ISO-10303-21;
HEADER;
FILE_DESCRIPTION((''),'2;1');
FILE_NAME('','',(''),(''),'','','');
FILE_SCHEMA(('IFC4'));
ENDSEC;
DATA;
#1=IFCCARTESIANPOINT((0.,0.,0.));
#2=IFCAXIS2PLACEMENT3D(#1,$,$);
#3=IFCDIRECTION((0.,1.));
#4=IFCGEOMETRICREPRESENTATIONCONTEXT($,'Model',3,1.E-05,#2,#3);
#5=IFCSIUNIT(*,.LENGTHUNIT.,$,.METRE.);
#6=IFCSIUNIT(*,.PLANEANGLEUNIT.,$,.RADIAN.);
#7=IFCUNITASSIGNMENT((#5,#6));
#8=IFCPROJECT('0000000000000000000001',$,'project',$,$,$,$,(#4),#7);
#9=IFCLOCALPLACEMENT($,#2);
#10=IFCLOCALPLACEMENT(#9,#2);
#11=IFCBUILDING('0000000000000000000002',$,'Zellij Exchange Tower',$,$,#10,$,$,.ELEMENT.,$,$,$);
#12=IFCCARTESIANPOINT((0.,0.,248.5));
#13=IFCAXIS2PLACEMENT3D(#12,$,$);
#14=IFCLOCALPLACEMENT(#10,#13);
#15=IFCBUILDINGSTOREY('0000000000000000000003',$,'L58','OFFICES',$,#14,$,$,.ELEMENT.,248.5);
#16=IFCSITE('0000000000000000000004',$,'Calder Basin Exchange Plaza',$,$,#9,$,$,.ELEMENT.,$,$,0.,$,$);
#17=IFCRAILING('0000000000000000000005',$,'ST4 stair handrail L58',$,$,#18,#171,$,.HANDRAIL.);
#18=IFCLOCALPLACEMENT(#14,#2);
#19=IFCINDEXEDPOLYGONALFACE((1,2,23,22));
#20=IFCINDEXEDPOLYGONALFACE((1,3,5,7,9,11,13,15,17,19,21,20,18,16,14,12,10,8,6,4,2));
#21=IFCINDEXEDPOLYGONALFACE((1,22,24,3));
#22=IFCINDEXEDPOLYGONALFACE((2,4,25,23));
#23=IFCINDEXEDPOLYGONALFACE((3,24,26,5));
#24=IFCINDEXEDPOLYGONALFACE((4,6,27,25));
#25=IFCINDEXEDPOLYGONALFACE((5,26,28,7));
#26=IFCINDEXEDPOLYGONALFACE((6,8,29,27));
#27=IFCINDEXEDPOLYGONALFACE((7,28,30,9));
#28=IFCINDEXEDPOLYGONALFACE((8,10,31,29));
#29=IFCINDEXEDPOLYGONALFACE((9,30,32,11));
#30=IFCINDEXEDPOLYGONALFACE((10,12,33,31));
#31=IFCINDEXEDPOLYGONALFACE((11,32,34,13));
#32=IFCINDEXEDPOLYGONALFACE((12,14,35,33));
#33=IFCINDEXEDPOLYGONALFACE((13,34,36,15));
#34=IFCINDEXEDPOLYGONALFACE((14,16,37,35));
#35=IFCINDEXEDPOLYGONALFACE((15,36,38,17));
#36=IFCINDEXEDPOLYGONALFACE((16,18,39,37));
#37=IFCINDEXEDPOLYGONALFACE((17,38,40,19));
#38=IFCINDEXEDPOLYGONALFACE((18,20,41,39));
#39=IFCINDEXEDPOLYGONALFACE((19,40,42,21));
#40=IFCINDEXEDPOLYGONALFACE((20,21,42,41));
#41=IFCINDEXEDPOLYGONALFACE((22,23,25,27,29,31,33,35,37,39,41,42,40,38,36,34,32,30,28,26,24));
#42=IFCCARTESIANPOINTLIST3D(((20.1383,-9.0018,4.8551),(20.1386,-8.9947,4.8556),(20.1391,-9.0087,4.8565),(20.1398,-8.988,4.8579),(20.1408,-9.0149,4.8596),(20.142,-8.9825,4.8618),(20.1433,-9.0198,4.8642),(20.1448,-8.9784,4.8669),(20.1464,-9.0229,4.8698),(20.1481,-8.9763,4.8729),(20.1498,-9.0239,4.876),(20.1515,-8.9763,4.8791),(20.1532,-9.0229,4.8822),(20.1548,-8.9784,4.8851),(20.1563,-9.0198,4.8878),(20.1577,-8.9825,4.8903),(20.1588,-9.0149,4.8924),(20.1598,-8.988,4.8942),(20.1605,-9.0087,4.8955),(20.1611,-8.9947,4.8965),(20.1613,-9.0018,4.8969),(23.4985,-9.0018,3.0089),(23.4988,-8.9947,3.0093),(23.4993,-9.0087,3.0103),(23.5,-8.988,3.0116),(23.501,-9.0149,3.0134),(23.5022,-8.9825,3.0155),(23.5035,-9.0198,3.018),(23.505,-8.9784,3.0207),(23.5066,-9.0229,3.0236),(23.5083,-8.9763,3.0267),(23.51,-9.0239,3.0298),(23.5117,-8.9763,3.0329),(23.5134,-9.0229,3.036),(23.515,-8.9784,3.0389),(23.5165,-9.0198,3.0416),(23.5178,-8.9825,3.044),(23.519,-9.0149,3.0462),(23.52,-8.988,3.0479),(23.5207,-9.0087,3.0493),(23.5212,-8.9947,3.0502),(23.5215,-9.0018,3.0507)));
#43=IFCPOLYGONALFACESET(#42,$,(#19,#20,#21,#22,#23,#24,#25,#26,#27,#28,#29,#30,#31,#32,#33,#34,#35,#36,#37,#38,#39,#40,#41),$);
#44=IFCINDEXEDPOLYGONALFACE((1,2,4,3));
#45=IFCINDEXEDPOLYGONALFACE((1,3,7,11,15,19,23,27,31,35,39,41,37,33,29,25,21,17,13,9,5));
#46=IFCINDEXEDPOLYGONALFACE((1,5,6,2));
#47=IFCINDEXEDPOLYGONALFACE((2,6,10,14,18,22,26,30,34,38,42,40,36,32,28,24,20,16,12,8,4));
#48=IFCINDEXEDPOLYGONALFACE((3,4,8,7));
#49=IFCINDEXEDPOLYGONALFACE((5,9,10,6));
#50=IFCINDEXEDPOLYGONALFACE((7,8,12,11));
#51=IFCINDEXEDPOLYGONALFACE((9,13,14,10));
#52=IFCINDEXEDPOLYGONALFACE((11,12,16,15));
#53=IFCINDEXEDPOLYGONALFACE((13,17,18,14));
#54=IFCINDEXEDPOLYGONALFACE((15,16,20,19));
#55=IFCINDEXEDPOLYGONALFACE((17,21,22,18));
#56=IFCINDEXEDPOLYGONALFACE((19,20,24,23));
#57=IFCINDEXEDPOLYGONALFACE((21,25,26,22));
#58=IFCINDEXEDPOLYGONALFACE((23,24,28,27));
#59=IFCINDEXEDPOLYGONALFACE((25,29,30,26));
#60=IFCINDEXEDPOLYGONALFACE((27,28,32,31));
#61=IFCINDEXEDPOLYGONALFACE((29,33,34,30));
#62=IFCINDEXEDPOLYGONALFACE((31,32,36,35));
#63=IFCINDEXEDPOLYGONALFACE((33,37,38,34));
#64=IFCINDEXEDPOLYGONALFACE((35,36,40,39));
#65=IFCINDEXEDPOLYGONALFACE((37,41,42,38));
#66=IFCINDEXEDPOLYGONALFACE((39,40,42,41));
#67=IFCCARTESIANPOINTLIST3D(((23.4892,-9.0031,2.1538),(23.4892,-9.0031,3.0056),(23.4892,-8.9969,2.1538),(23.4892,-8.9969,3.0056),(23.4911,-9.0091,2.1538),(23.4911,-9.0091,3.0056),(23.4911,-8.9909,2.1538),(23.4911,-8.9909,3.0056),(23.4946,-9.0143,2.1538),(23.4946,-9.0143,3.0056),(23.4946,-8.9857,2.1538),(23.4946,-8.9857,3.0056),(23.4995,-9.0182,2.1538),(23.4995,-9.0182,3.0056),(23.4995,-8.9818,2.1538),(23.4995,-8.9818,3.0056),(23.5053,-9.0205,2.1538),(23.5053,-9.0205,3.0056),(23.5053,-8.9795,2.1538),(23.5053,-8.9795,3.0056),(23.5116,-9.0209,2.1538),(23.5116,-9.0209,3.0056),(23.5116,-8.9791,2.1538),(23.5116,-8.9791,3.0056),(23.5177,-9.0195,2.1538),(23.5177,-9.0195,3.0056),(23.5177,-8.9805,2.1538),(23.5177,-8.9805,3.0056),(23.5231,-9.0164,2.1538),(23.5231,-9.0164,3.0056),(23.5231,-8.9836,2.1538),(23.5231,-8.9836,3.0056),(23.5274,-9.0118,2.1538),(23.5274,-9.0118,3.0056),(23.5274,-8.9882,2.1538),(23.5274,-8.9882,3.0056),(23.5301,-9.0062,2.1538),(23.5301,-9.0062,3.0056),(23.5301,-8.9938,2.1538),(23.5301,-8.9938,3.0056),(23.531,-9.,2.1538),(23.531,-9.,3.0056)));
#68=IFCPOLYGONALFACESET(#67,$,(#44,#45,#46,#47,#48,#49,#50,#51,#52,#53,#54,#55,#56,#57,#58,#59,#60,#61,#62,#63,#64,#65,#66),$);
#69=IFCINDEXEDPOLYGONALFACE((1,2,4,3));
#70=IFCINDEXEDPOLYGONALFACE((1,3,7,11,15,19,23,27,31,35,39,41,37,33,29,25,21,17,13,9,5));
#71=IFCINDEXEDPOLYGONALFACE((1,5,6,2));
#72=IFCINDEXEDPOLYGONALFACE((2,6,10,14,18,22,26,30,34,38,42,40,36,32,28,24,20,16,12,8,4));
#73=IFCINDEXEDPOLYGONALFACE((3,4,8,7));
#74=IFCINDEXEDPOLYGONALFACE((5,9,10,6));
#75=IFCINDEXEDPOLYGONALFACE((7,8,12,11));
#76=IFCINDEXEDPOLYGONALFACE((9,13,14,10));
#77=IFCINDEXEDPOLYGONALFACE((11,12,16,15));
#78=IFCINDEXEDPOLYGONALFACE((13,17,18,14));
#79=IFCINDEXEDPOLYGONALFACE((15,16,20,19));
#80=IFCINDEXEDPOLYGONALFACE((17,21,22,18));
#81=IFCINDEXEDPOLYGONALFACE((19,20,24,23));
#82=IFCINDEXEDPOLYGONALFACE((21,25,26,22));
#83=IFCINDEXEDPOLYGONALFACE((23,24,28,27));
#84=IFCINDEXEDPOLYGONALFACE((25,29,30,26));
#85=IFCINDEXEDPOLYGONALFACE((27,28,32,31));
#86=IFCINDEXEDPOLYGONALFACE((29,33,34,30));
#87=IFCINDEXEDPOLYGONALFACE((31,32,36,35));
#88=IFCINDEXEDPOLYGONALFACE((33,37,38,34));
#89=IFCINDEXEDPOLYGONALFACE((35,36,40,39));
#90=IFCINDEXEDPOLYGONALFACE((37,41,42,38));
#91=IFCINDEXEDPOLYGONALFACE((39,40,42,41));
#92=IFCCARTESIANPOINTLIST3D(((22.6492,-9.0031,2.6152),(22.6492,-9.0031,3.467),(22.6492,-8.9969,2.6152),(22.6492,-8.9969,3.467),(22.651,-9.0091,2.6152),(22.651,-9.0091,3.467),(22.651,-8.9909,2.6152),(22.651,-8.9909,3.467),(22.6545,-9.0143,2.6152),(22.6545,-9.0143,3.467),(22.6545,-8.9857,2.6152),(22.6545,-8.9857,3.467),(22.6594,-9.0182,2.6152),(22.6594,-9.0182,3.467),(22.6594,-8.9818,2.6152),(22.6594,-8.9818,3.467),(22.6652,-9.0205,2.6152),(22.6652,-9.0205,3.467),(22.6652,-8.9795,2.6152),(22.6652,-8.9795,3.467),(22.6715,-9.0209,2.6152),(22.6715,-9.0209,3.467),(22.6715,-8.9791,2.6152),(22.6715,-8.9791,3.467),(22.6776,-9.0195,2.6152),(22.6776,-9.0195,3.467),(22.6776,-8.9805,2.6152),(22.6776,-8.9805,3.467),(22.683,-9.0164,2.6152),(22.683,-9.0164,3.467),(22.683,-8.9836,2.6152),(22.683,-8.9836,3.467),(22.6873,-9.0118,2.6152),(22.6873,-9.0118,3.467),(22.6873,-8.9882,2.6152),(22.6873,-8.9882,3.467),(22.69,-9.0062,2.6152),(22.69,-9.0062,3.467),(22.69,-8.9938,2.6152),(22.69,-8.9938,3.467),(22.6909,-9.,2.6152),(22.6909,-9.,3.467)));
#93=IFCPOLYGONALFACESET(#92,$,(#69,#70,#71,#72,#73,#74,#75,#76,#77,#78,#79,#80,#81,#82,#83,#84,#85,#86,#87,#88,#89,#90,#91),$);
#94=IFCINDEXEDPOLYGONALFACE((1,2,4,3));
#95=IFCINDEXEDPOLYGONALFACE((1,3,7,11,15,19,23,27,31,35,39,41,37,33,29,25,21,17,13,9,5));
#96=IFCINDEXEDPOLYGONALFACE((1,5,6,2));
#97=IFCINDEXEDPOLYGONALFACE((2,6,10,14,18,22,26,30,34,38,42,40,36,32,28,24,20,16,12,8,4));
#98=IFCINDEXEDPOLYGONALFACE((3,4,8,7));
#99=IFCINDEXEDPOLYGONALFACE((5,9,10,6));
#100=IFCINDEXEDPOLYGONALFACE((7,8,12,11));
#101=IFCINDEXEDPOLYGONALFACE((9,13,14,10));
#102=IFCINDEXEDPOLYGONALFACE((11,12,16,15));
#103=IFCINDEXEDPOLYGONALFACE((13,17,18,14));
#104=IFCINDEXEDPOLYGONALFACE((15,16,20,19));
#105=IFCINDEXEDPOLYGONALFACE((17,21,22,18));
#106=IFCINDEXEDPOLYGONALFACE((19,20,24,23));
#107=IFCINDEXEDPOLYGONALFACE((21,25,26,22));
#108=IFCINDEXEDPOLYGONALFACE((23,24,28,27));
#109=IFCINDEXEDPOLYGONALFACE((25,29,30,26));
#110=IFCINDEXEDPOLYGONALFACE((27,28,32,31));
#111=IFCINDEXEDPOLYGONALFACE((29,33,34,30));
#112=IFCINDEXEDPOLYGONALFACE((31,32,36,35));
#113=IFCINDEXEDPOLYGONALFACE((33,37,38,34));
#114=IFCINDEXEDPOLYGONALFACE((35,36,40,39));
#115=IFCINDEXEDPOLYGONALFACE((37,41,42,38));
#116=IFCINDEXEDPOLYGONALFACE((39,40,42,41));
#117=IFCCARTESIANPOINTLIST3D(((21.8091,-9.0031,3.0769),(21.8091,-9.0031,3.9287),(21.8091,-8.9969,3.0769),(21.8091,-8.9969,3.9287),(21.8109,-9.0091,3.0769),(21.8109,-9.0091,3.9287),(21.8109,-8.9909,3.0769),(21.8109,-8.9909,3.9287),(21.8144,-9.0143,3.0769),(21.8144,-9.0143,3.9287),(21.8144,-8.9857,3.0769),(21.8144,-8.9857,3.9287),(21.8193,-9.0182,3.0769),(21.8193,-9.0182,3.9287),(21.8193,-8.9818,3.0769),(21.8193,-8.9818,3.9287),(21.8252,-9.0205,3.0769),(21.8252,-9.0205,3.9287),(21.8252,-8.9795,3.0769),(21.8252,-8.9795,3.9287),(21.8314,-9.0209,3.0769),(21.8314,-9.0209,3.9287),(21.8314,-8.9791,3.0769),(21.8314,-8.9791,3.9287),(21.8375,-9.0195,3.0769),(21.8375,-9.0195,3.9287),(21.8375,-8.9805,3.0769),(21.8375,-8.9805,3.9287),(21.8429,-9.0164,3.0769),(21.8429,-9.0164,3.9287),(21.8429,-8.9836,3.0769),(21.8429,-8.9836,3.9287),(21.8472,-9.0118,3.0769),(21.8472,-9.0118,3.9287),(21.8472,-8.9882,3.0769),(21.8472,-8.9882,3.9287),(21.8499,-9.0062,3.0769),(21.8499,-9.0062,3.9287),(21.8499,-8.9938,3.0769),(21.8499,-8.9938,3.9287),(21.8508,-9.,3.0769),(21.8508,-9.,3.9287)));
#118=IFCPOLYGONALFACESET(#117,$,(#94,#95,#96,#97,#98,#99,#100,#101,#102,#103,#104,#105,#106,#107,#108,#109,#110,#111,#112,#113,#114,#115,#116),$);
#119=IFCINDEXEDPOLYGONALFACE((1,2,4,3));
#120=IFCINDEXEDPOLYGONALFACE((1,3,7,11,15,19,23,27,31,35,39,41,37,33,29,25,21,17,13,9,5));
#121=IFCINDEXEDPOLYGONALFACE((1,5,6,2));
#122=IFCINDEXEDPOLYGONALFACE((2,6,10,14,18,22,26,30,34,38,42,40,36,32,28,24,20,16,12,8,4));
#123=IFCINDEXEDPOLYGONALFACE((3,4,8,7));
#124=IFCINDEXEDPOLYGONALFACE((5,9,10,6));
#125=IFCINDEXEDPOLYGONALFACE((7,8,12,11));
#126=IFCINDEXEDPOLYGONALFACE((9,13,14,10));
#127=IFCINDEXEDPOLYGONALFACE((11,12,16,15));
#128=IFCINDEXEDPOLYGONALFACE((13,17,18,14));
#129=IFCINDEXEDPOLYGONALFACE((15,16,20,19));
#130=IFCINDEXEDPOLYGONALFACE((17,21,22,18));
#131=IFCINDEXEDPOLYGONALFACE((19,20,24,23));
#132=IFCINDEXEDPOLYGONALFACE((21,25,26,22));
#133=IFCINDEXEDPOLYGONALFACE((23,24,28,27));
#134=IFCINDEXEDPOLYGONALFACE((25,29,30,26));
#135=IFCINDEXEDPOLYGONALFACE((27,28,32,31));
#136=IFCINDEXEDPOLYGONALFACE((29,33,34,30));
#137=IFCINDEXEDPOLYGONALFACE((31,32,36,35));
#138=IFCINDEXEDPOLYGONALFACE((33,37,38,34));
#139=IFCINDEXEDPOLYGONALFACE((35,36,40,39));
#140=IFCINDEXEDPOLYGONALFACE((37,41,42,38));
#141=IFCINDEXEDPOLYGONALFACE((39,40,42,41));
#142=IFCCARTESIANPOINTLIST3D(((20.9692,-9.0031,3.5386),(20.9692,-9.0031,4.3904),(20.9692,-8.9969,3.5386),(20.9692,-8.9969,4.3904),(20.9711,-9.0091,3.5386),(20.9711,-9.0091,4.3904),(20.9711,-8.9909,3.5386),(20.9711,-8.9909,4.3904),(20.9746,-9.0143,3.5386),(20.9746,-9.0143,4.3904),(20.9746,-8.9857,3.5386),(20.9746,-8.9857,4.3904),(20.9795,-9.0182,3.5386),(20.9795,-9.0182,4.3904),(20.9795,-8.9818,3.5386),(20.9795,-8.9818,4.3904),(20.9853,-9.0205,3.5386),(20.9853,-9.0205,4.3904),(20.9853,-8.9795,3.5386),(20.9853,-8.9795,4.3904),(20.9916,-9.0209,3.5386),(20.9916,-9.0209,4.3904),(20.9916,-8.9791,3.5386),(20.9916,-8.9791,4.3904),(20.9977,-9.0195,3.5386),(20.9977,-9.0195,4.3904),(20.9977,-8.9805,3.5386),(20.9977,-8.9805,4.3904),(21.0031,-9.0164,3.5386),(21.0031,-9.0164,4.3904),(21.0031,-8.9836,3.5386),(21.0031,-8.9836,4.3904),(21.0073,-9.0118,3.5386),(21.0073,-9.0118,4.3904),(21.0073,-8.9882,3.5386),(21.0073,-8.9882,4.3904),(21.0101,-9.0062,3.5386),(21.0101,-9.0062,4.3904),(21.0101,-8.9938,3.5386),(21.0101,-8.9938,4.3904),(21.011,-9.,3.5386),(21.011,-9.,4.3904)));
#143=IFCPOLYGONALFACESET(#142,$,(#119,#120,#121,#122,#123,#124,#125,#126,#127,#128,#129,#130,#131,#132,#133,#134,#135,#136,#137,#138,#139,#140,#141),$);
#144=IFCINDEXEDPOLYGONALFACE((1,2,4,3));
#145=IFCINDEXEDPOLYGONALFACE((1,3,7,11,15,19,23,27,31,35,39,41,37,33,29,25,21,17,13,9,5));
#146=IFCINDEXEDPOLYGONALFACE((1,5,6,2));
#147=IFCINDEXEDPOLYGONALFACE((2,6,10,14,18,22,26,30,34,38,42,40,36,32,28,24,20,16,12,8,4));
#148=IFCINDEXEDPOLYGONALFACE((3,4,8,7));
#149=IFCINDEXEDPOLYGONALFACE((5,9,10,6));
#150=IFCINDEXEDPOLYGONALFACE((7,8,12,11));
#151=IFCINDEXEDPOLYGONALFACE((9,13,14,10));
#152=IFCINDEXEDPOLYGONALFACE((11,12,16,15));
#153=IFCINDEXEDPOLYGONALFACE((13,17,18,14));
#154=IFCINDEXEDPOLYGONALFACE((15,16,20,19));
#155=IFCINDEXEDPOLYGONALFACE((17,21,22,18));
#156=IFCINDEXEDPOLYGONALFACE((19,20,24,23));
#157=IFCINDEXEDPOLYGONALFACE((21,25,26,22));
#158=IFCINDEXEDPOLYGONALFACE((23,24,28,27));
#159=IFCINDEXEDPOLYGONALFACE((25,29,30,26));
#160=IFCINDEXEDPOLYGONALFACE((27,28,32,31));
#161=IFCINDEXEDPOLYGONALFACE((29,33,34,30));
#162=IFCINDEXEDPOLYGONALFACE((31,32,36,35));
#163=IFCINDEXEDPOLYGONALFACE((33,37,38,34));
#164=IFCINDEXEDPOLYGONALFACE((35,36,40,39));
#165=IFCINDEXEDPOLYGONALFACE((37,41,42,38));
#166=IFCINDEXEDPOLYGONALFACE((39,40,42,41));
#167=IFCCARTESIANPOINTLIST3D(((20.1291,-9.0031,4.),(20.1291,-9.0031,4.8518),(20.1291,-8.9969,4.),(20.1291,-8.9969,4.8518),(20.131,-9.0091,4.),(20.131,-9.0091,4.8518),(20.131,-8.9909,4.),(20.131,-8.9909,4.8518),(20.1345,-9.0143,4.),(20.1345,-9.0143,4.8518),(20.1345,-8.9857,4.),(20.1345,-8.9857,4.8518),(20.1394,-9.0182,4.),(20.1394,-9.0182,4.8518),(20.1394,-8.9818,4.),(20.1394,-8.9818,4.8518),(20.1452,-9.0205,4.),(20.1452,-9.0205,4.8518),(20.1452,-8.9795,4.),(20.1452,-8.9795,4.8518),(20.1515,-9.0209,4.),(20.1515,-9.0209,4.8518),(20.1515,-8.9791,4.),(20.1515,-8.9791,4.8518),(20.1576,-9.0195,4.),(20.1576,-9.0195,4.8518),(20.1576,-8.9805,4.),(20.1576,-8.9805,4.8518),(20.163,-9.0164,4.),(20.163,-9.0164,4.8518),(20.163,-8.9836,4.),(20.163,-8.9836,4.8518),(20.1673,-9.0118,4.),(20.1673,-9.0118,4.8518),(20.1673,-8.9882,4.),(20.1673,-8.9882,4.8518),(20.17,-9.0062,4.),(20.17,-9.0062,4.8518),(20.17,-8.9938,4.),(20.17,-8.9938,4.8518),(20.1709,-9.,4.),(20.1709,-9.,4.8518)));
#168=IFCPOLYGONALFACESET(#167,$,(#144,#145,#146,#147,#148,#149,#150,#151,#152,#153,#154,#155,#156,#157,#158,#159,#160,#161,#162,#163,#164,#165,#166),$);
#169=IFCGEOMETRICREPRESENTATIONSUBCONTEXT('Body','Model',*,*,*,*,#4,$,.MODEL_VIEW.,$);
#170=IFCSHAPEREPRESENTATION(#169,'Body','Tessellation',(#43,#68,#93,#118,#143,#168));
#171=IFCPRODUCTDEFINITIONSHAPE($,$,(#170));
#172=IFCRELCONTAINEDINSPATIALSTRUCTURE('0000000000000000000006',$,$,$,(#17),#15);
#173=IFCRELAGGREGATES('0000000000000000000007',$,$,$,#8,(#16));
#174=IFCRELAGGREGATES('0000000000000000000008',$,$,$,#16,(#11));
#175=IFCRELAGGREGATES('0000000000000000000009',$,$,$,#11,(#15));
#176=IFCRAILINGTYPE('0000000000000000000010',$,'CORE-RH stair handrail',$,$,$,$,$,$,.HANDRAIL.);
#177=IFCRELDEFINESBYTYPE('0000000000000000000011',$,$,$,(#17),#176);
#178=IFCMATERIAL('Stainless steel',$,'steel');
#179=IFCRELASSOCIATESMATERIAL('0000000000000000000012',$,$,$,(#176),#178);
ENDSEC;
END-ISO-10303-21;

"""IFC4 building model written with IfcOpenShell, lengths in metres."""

from ifc_helpers import new_model, si_unit, direction, frame, origin, origin_2d, place, context, subcontext, project, spatial, circle, extrude, material, type_object, element, save


model = new_model("IFC4")

# Units and contexts
model_context = context("Model", 3, precision=1e-05, world=origin(), true_north=direction((0.0, 1.0)))
body_context = subcontext(model_context, "Body", "Model", "MODEL_VIEW")
ifc_project = project(units=[si_unit("LENGTHUNIT", "METRE"), si_unit("PLANEANGLEUNIT", "RADIAN")], contexts=[model_context])

# Site, building, storey
site_placement = place(None, origin())
site = spatial("IfcSite", under=ifc_project, at=site_placement, Name="Calder Basin Exchange Plaza", CompositionType="ELEMENT", RefElevation=0.0)
building_placement = place(site_placement, origin())
building = spatial("IfcBuilding", under=site, at=building_placement, Name="Zellij Exchange Tower", CompositionType="ELEMENT")
storey_placement = place(building_placement, frame((0.0, 0.0, 248.5)))
storey = spatial("IfcBuildingStorey", under=building, at=storey_placement, Name="L58", Description="OFFICES", CompositionType="ELEMENT", Elevation=248.5)

# Railing
ifc_material_1 = material(Name="Stainless steel", Category="steel")
railing_type_1 = type_object("IfcRailingType", Name="CORE-RH stair handrail", PredefinedType="HANDRAIL", material=ifc_material_1)
railing_1_placement = place(storey_placement, frame((23.51, -9.0, 2.1538)))
element("IfcRailing", 1, at=railing_1_placement, inside=storey, type_object=railing_type_1, Name="ST4 stair handrail L58", PredefinedType="HANDRAIL", context=body_context, shape_type="SweptSolid", body=[
    extrude(circle(Radius=0.0239, at=origin_2d()), frame((0.0, 0.0, 0.876), z_axis=(-0.876422, 0.0, 0.481545), x_axis=(0.0, -1.0, 0.0)), (0.0, 0.0, 1.0), 3.834),
    extrude(circle(Radius=0.021, at=origin_2d()), origin(), (0.0, 0.0, 1.0), 0.8518),
    extrude(circle(Radius=0.021, at=origin_2d()), frame((-0.8401, 0.0, 0.4614)), (0.0, 0.0, 1.0), 0.8518),
    extrude(circle(Radius=0.021, at=origin_2d()), frame((-1.6802, 0.0, 0.9231)), (0.0, 0.0, 1.0), 0.8518),
    extrude(circle(Radius=0.021, at=origin_2d()), frame((-2.52, 0.0, 1.3848)), (0.0, 0.0, 1.0), 0.8518),
    extrude(circle(Radius=0.021, at=origin_2d()), frame((-3.3601, 0.0, 1.8462)), (0.0, 0.0, 1.0), 0.8518),
])

save(model, "model.ifc")
